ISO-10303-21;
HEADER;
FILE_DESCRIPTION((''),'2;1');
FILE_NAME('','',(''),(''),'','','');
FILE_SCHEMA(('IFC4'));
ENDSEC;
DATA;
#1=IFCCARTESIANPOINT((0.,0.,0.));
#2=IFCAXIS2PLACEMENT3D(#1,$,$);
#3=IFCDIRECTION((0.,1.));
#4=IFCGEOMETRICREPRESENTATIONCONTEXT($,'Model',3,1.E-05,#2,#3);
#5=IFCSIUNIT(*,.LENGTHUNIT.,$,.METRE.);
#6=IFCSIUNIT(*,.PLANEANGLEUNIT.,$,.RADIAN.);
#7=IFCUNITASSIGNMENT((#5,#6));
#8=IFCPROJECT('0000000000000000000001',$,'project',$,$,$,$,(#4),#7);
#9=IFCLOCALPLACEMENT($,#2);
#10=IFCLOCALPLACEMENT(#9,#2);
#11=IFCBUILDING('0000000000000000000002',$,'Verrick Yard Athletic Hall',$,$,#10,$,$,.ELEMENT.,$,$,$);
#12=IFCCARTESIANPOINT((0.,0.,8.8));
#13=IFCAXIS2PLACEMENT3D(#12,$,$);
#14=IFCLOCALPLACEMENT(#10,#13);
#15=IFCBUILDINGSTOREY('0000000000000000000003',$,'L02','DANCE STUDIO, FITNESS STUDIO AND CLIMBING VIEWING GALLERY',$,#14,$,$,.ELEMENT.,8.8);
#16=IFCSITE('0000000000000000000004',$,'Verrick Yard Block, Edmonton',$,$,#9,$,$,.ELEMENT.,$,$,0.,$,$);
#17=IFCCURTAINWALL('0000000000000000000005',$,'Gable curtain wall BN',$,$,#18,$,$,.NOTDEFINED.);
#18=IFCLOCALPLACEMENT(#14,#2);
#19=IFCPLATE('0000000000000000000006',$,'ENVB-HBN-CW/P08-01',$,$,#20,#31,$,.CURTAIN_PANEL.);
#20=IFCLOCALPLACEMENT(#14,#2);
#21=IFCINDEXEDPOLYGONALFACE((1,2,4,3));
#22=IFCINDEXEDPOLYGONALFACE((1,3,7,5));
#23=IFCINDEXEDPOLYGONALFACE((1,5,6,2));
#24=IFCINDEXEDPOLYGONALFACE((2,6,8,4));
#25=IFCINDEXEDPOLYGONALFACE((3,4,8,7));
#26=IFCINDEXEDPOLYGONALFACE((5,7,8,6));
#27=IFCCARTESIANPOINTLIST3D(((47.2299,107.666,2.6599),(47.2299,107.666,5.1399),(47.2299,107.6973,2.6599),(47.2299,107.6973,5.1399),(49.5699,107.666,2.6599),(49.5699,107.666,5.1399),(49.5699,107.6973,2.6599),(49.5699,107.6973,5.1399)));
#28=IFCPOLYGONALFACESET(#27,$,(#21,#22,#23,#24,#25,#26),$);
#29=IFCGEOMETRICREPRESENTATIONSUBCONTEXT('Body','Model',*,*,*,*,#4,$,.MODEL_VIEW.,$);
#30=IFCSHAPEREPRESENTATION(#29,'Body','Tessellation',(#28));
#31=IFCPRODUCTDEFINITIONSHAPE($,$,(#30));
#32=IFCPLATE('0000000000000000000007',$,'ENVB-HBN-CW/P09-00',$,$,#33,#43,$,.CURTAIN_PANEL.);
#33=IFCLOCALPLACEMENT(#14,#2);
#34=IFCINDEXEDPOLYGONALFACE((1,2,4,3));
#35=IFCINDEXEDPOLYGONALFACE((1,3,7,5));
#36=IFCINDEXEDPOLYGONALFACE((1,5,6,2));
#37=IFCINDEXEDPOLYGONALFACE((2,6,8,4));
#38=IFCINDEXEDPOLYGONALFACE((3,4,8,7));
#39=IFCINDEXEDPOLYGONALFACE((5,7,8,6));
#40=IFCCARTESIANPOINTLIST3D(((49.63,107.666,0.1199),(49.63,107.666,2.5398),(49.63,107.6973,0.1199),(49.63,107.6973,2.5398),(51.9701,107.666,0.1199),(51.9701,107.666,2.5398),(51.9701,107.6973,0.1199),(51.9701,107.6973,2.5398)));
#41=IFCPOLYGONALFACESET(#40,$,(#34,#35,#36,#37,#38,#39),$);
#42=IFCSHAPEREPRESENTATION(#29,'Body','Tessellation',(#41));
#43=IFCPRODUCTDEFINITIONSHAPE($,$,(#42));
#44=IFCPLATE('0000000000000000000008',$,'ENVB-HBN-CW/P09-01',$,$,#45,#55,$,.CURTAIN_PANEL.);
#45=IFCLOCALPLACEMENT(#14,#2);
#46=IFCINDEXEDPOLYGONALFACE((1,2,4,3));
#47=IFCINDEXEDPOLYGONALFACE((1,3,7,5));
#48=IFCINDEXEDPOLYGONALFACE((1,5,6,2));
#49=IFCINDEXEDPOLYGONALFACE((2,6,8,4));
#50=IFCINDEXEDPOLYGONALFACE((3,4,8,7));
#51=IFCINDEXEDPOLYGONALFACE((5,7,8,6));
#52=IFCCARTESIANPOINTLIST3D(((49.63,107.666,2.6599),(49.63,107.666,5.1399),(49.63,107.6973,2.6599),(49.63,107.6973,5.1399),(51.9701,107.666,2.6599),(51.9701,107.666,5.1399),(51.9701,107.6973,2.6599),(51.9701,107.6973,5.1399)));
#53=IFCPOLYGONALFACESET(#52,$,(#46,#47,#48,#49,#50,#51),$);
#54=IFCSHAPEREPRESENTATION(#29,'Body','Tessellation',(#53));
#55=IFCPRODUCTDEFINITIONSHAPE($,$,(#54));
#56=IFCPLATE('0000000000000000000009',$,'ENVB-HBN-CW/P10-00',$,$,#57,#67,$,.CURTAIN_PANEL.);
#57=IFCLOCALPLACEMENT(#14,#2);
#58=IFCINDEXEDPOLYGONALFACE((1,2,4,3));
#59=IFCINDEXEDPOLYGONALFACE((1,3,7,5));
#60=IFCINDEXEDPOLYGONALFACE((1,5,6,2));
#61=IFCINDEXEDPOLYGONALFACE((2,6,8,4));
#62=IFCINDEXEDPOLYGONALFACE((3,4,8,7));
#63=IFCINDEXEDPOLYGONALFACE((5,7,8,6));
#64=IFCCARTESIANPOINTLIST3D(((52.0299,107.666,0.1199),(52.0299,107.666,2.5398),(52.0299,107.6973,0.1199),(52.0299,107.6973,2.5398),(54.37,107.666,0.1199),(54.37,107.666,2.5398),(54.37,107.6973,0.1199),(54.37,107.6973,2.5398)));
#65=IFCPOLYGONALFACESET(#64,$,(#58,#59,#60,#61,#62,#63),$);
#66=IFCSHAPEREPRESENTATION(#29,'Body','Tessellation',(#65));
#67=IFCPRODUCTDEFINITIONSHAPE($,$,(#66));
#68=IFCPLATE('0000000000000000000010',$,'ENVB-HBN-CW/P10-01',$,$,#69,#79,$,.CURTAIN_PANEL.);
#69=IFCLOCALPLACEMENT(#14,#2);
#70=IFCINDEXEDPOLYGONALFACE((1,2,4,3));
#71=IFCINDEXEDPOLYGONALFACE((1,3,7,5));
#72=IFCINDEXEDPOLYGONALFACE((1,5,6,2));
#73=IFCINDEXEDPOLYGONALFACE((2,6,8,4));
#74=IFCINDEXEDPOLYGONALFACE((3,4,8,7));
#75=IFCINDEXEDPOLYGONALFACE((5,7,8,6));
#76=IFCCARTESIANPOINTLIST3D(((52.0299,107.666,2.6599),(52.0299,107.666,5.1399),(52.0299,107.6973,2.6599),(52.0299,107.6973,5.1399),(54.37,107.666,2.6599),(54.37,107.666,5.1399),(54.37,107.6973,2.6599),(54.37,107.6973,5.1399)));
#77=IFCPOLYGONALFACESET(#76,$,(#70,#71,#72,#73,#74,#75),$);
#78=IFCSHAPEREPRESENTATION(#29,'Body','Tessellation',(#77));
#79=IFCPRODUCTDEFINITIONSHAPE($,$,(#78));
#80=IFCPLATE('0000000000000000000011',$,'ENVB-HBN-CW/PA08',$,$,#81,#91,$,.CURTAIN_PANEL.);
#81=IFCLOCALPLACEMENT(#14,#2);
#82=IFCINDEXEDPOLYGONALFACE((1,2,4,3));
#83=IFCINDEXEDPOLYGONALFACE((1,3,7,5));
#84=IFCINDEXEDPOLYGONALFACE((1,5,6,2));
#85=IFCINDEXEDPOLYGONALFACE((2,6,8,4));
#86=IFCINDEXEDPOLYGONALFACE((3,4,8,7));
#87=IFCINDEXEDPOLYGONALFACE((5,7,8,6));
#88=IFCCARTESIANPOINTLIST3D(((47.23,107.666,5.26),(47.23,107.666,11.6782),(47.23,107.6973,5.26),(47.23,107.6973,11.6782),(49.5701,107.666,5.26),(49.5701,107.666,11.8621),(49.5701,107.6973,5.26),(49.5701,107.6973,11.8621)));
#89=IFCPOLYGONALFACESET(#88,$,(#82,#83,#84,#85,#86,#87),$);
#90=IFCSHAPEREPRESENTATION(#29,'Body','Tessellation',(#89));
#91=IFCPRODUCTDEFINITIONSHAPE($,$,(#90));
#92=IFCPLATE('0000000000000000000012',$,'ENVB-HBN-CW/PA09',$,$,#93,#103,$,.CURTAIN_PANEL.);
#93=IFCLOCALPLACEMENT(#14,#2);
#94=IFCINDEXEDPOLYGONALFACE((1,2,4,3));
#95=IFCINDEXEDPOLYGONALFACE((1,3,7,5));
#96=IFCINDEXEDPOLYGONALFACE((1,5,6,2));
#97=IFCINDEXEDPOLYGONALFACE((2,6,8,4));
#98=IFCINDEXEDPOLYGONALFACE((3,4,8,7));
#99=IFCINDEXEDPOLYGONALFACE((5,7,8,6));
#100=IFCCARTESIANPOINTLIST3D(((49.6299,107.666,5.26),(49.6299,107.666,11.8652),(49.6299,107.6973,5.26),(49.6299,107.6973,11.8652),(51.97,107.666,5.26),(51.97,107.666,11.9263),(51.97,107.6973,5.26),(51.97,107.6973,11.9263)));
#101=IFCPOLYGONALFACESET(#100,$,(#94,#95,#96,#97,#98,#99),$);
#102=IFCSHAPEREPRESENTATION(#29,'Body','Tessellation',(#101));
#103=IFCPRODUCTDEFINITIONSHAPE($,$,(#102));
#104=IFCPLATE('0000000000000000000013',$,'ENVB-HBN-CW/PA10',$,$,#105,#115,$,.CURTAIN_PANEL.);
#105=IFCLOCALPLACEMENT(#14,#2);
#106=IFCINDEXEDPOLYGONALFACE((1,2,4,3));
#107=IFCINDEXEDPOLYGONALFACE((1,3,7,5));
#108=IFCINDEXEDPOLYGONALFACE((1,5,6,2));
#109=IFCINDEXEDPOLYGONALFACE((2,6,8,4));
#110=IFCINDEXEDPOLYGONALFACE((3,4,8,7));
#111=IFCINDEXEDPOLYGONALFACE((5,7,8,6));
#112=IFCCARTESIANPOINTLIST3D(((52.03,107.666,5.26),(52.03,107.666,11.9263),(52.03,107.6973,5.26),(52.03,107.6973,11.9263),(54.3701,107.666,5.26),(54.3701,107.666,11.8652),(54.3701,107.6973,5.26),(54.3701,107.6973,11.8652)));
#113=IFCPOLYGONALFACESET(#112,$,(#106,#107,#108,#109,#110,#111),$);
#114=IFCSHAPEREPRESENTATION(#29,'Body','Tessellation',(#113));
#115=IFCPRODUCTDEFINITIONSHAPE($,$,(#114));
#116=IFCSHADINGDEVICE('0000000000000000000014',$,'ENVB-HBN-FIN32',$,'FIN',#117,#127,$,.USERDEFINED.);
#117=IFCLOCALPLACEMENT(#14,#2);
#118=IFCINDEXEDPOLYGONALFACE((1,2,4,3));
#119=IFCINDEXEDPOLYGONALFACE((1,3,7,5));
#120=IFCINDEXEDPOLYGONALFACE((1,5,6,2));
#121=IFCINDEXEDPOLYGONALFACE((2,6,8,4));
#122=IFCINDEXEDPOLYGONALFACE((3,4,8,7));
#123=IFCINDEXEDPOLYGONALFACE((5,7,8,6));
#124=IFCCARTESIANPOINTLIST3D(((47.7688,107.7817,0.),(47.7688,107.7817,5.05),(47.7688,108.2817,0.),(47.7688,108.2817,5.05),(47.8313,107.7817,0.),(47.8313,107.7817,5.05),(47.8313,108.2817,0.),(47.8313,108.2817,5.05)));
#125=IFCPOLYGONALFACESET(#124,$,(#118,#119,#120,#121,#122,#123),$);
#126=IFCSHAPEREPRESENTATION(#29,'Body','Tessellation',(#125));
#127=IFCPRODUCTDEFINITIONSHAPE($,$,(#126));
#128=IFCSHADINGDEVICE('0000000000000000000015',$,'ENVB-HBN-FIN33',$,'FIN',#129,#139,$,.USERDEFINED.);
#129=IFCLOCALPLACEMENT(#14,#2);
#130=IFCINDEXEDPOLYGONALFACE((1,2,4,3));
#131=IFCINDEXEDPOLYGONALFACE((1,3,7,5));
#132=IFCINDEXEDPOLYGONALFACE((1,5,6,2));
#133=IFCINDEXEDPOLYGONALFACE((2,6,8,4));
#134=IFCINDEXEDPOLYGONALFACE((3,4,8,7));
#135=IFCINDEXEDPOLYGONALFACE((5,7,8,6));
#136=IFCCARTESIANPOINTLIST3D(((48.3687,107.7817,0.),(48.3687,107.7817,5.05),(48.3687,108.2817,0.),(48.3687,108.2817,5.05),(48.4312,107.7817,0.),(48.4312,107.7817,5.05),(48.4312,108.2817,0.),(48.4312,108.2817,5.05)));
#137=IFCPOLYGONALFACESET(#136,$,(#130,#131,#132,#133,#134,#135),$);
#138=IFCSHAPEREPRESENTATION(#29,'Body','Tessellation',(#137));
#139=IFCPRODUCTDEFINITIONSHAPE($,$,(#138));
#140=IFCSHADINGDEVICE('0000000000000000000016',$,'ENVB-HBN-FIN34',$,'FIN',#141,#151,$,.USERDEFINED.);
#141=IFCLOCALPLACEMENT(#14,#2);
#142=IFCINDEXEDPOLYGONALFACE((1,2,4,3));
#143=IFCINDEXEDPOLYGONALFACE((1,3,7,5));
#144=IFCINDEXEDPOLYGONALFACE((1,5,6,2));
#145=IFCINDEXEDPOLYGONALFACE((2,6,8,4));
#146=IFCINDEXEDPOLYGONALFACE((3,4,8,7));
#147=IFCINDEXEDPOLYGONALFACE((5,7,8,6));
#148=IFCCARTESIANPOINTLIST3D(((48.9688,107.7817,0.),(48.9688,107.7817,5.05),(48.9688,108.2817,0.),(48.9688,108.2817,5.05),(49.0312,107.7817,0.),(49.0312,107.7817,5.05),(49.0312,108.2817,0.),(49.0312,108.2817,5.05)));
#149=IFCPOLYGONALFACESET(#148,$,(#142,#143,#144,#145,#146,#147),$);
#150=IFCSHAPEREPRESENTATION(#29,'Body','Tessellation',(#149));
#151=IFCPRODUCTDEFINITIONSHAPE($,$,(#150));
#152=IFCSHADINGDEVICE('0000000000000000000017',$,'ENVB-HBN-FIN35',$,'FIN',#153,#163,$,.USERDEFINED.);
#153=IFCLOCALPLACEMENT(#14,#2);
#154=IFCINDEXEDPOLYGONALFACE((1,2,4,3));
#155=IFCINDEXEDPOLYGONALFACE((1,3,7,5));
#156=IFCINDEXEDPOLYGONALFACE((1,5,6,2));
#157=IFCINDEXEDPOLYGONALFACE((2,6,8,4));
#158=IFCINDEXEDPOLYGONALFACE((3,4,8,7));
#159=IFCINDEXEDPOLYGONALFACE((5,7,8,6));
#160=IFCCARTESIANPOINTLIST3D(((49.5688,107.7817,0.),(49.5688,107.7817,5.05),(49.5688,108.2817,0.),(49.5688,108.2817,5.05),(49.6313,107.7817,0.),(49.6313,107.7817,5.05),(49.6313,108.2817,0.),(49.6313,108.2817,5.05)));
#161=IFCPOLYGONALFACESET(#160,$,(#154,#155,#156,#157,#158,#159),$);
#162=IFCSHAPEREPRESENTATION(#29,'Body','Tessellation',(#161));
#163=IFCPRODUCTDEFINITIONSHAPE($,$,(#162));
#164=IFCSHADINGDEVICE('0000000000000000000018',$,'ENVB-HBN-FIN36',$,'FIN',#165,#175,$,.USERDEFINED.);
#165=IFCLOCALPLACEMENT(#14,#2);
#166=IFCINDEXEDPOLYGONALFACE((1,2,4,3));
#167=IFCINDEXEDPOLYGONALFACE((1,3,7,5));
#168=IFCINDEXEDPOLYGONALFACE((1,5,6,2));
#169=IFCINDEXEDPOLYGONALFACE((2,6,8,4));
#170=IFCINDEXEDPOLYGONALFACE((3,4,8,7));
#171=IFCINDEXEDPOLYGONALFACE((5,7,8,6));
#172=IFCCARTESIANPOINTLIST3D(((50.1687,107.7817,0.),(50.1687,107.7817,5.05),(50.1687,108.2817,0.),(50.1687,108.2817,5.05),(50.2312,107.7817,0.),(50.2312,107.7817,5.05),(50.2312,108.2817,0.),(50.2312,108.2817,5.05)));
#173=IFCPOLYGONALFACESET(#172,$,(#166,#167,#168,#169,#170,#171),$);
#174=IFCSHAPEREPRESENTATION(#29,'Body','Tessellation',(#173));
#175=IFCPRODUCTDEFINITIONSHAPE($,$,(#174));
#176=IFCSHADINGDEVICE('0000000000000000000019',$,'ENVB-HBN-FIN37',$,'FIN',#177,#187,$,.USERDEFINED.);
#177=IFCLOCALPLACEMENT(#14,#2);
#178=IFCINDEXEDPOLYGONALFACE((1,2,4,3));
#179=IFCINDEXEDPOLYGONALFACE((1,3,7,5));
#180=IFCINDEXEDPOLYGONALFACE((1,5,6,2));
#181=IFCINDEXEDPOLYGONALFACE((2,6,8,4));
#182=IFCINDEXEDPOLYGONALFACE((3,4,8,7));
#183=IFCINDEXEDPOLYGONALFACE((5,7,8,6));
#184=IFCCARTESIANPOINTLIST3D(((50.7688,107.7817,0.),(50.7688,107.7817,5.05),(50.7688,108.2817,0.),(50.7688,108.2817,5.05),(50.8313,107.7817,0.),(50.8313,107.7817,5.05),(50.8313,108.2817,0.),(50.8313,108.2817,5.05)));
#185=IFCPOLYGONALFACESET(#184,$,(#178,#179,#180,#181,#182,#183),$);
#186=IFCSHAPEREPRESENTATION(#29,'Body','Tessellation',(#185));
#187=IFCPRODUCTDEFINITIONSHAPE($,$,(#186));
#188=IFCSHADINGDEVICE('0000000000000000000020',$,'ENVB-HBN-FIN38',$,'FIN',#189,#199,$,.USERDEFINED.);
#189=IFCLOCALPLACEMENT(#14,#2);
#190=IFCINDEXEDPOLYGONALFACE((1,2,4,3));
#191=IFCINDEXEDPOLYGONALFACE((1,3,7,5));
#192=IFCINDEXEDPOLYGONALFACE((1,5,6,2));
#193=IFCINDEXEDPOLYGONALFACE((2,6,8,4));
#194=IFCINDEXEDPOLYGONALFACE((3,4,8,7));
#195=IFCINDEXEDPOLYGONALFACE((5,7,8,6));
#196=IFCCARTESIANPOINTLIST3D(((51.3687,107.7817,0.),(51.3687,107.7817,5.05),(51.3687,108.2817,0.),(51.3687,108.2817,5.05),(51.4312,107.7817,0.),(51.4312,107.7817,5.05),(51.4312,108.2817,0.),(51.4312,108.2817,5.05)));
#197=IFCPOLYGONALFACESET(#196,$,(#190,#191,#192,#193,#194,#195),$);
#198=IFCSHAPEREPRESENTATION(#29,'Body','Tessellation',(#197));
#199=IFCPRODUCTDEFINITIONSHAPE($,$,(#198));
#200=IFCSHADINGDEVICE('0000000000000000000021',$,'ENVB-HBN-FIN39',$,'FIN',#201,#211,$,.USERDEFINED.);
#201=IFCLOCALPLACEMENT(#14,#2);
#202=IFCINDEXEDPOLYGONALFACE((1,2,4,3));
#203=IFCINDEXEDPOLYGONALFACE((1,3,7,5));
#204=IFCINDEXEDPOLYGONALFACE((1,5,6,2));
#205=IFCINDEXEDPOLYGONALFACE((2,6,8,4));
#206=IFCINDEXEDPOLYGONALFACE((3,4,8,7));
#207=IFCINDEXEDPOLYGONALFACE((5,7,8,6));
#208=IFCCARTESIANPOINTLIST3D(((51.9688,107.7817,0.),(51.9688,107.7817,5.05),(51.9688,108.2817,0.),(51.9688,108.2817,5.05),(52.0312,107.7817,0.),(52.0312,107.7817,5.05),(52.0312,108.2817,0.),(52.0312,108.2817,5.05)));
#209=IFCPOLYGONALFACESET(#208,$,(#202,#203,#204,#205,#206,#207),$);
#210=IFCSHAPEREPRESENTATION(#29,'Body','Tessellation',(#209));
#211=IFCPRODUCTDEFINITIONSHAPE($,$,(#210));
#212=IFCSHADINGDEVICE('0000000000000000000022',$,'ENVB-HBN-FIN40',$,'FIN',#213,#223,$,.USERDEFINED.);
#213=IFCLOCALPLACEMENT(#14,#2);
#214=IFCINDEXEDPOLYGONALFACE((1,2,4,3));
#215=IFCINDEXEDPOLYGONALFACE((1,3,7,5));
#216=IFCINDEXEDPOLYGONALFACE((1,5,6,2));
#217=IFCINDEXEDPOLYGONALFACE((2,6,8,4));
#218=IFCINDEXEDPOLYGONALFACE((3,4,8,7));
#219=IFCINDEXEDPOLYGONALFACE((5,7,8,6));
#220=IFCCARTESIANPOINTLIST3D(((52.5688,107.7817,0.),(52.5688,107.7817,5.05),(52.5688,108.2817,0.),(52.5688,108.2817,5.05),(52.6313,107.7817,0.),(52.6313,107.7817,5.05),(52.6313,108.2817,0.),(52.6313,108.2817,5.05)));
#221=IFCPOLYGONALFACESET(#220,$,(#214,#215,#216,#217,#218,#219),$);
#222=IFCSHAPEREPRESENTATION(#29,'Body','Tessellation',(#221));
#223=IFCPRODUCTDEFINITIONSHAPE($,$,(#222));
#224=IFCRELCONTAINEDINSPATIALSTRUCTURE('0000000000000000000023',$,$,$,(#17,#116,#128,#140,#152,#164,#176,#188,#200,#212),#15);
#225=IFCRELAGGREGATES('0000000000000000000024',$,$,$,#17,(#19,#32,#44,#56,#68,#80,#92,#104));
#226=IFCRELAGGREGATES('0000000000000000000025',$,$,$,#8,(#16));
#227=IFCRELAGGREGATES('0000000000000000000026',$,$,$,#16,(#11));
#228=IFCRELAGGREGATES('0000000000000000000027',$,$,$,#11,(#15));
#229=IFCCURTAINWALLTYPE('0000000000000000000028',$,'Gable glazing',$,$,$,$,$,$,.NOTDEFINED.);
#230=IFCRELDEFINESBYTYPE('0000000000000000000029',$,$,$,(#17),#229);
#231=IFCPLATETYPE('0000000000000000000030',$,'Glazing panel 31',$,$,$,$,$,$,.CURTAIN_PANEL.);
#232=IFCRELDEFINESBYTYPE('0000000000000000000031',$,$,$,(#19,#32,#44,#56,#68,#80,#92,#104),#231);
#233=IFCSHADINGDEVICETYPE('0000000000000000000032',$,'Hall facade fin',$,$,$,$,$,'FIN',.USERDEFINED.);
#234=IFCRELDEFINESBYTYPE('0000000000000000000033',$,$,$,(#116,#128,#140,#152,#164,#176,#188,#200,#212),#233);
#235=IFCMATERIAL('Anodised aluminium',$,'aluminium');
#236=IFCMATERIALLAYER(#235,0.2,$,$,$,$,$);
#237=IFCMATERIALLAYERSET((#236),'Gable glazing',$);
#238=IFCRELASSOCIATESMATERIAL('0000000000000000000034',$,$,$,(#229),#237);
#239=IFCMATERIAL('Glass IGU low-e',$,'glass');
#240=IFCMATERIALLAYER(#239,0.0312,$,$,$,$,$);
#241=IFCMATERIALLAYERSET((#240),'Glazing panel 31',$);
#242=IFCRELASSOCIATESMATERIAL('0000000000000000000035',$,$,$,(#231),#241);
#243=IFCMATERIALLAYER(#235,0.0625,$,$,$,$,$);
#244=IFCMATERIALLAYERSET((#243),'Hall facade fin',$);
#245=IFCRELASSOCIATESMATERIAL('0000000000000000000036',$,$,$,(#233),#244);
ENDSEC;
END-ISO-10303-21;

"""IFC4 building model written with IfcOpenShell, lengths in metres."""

from ifc_helpers import new_model, si_unit, direction, frame, origin, origin_2d, place, context, subcontext, project, spatial, polyline, rectangle, outline, extrude, material, layer, layer_set, type_object, element, aggregate, save


model = new_model("IFC4")

# Units and contexts
model_context = context("Model", 3, precision=1e-05, world=origin(), true_north=direction((0.0, 1.0)))
body_context = subcontext(model_context, "Body", "Model", "MODEL_VIEW")
ifc_project = project(units=[si_unit("LENGTHUNIT", "METRE"), si_unit("PLANEANGLEUNIT", "RADIAN")], contexts=[model_context])

# Site, building, storey
site_placement = place(None, origin())
site = spatial("IfcSite", under=ifc_project, at=site_placement, Name="Verrick Yard Block, Edmonton", CompositionType="ELEMENT", RefElevation=0.0)
building_placement = place(site_placement, origin())
building = spatial("IfcBuilding", under=site, at=building_placement, Name="Verrick Yard Athletic Hall", CompositionType="ELEMENT")
storey_placement = place(building_placement, frame((0.0, 0.0, 8.8)))
storey = spatial("IfcBuildingStorey", under=building, at=storey_placement, Name="L02", Description="DANCE STUDIO, FITNESS STUDIO AND CLIMBING VIEWING GALLERY", CompositionType="ELEMENT", Elevation=8.8)

# Curtain wall, plates
ifc_material_1 = material(Name="Anodised aluminium", Category="aluminium")
ifc_layer_1 = layer(ifc_material_1, 0.2)
ifc_layer_set_1 = layer_set([ifc_layer_1], Name="Gable glazing")
curtain_wall_type = type_object("IfcCurtainWallType", Name="Gable glazing", PredefinedType="NOTDEFINED", material=ifc_layer_set_1)
curtain_wall_placement = place(storey_placement, origin())
curtain_wall = element("IfcCurtainWall", 1, at=curtain_wall_placement, inside=storey, type_object=curtain_wall_type, Name="Gable curtain wall BN", PredefinedType="NOTDEFINED")
ifc_material_2 = material(Name="Glass IGU low-e", Category="glass")
ifc_layer_2 = layer(ifc_material_2, 0.0312)
ifc_layer_set_2 = layer_set([ifc_layer_2], Name="Glazing panel 31")
plate_type = type_object("IfcPlateType", Name="Glazing panel 31", PredefinedType="CURTAIN_PANEL", material=ifc_layer_set_2)
plate_1_placement = place(storey_placement, frame((48.3999, 107.6816, 2.6599), z_axis=(0.0, 0.0, 1.0), x_axis=(1.0, 0.0, 0.0)))
plate_1 = element("IfcPlate", 2, at=plate_1_placement, type_object=plate_type, Name="ENVB-HBN-CW/P08-01", PredefinedType="CURTAIN_PANEL", context=body_context, shape_type="SweptSolid", body=[
    extrude(rectangle(XDim=2.3401, YDim=0.0312, at=origin_2d()), origin(), (0.0, 0.0, 1.0), 2.48),
])
plate_2_placement = place(storey_placement, frame((50.8, 107.6816, 0.1199), z_axis=(0.0, 0.0, 1.0), x_axis=(1.0, 0.0, 0.0)))
plate_2 = element("IfcPlate", 3, at=plate_2_placement, type_object=plate_type, Name="ENVB-HBN-CW/P09-00", PredefinedType="CURTAIN_PANEL", context=body_context, shape_type="SweptSolid", body=[
    extrude(rectangle(XDim=2.3401, YDim=0.0312, at=origin_2d()), origin(), (0.0, 0.0, 1.0), 2.4199),
])
plate_3_placement = place(storey_placement, frame((50.8, 107.6816, 2.6599), z_axis=(0.0, 0.0, 1.0), x_axis=(1.0, 0.0, 0.0)))
plate_3 = element("IfcPlate", 4, at=plate_3_placement, type_object=plate_type, Name="ENVB-HBN-CW/P09-01", PredefinedType="CURTAIN_PANEL", context=body_context, shape_type="SweptSolid", body=[
    extrude(rectangle(XDim=2.3401, YDim=0.0312, at=origin_2d()), origin(), (0.0, 0.0, 1.0), 2.48),
])
plate_4_placement = place(storey_placement, frame((53.2, 107.6816, 0.1199), z_axis=(0.0, 0.0, 1.0), x_axis=(1.0, 0.0, 0.0)))
plate_4 = element("IfcPlate", 5, at=plate_4_placement, type_object=plate_type, Name="ENVB-HBN-CW/P10-00", PredefinedType="CURTAIN_PANEL", context=body_context, shape_type="SweptSolid", body=[
    extrude(rectangle(XDim=2.3401, YDim=0.0312, at=origin_2d()), origin(), (0.0, 0.0, 1.0), 2.4199),
])
plate_5_placement = place(storey_placement, frame((53.2, 107.6816, 2.6599), z_axis=(0.0, 0.0, 1.0), x_axis=(1.0, 0.0, 0.0)))
plate_5 = element("IfcPlate", 6, at=plate_5_placement, type_object=plate_type, Name="ENVB-HBN-CW/P10-01", PredefinedType="CURTAIN_PANEL", context=body_context, shape_type="SweptSolid", body=[
    extrude(rectangle(XDim=2.3401, YDim=0.0312, at=origin_2d()), origin(), (0.0, 0.0, 1.0), 2.48),
])
plate_6_placement = place(storey_placement, frame((47.23, 107.6816, 5.26), z_axis=(0.0, 0.0, 1.0), x_axis=(1.0, 0.0, 0.0)))
plate_6 = element("IfcPlate", 7, at=plate_6_placement, type_object=plate_type, Name="ENVB-HBN-CW/PA08", PredefinedType="CURTAIN_PANEL", context=body_context, shape_type="SweptSolid", body=[
    extrude(outline(polyline([(0.0, 6.4182), (2.3401, 6.6021), (2.3401, 0.0), (0.0, 0.0), (0.0, 6.4182)])), frame((0.0, 0.0156, 0.0), z_axis=(0.0, -1.0, 0.0), x_axis=(1.0, 0.0, 0.0)), (0.0, 0.0, 1.0), 0.0312),
])
plate_7_placement = place(storey_placement, frame((49.6299, 107.6816, 5.26), z_axis=(0.0, 0.0, 1.0), x_axis=(1.0, 0.0, 0.0)))
plate_7 = element("IfcPlate", 8, at=plate_7_placement, type_object=plate_type, Name="ENVB-HBN-CW/PA09", PredefinedType="CURTAIN_PANEL", context=body_context, shape_type="SweptSolid", body=[
    extrude(outline(polyline([(0.0, 6.6052), (2.3401, 6.6663), (2.3401, 0.0), (0.0, 0.0), (0.0, 6.6052)])), frame((0.0, 0.0156, 0.0), z_axis=(0.0, -1.0, 0.0), x_axis=(1.0, 0.0, 0.0)), (0.0, 0.0, 1.0), 0.0312),
])
plate_8_placement = place(storey_placement, frame((52.03, 107.6816, 5.26), z_axis=(0.0, 0.0, 1.0), x_axis=(1.0, 0.0, 0.0)))
plate_8 = element("IfcPlate", 9, at=plate_8_placement, type_object=plate_type, Name="ENVB-HBN-CW/PA10", PredefinedType="CURTAIN_PANEL", context=body_context, shape_type="SweptSolid", body=[
    extrude(outline(polyline([(0.0, 6.6663), (2.3401, 6.6052), (2.3401, 0.0), (0.0, 0.0), (0.0, 6.6663)])), frame((0.0, 0.0156, 0.0), z_axis=(0.0, -1.0, 0.0), x_axis=(1.0, 0.0, 0.0)), (0.0, 0.0, 1.0), 0.0312),
])
aggregate(curtain_wall, [plate_1, plate_2, plate_3, plate_4, plate_5, plate_6, plate_7, plate_8])

# Shading devices
ifc_layer_3 = layer(ifc_material_1, 0.0625)
ifc_layer_set_3 = layer_set([ifc_layer_3], Name="Hall facade fin")
shading_device_type = type_object("IfcShadingDeviceType", Name="Hall facade fin", ElementType="FIN", PredefinedType="USERDEFINED", material=ifc_layer_set_3)
for number, where, z_axis, x_axis, name in (
    (10, (47.8, 107.7817, 0.0), (0.0, 0.0, 1.0), (0.0, 1.0, 0.0), "ENVB-HBN-FIN32"),
    (11, (48.3999, 107.7817, 0.0), (0.0, 0.0, 1.0), (0.0, 1.0, 0.0), "ENVB-HBN-FIN33"),
    (12, (49.0, 107.7817, 0.0), (0.0, 0.0, 1.0), (0.0, 1.0, 0.0), "ENVB-HBN-FIN34"),
    (13, (49.6001, 107.7817, 0.0), (0.0, 0.0, 1.0), (0.0, 1.0, 0.0), "ENVB-HBN-FIN35"),
    (14, (50.2, 107.7817, 0.0), (0.0, 0.0, 1.0), (0.0, 1.0, 0.0), "ENVB-HBN-FIN36"),
    (15, (50.8, 107.7817, 0.0), (0.0, 0.0, 1.0), (0.0, 1.0, 0.0), "ENVB-HBN-FIN37"),
    (16, (51.3999, 107.7817, 0.0), (0.0, 0.0, 1.0), (0.0, 1.0, 0.0), "ENVB-HBN-FIN38"),
    (17, (52.0, 107.7817, 0.0), (0.0, 0.0, 1.0), (0.0, 1.0, 0.0), "ENVB-HBN-FIN39"),
    (18, (52.6001, 107.7817, 0.0), (0.0, 0.0, 1.0), (0.0, 1.0, 0.0), "ENVB-HBN-FIN40"),
):
    element("IfcShadingDevice", number, at=place(storey_placement, frame(where, z_axis=z_axis, x_axis=x_axis)), inside=storey, type_object=shading_device_type, Name=name, ObjectType="FIN", PredefinedType="USERDEFINED", context=body_context, shape_type="SweptSolid", body=[
        extrude(outline(polyline([(0.0, 0.0), (0.5, 0.0), (0.5, 5.05), (0.0, 5.05), (0.0, 0.0)])), frame((0.0, 0.0312, 0.0), z_axis=(0.0, -1.0, 0.0), x_axis=(1.0, 0.0, 0.0)), (0.0, 0.0, 1.0), 0.0625),
    ])

save(model, "model.ifc")
